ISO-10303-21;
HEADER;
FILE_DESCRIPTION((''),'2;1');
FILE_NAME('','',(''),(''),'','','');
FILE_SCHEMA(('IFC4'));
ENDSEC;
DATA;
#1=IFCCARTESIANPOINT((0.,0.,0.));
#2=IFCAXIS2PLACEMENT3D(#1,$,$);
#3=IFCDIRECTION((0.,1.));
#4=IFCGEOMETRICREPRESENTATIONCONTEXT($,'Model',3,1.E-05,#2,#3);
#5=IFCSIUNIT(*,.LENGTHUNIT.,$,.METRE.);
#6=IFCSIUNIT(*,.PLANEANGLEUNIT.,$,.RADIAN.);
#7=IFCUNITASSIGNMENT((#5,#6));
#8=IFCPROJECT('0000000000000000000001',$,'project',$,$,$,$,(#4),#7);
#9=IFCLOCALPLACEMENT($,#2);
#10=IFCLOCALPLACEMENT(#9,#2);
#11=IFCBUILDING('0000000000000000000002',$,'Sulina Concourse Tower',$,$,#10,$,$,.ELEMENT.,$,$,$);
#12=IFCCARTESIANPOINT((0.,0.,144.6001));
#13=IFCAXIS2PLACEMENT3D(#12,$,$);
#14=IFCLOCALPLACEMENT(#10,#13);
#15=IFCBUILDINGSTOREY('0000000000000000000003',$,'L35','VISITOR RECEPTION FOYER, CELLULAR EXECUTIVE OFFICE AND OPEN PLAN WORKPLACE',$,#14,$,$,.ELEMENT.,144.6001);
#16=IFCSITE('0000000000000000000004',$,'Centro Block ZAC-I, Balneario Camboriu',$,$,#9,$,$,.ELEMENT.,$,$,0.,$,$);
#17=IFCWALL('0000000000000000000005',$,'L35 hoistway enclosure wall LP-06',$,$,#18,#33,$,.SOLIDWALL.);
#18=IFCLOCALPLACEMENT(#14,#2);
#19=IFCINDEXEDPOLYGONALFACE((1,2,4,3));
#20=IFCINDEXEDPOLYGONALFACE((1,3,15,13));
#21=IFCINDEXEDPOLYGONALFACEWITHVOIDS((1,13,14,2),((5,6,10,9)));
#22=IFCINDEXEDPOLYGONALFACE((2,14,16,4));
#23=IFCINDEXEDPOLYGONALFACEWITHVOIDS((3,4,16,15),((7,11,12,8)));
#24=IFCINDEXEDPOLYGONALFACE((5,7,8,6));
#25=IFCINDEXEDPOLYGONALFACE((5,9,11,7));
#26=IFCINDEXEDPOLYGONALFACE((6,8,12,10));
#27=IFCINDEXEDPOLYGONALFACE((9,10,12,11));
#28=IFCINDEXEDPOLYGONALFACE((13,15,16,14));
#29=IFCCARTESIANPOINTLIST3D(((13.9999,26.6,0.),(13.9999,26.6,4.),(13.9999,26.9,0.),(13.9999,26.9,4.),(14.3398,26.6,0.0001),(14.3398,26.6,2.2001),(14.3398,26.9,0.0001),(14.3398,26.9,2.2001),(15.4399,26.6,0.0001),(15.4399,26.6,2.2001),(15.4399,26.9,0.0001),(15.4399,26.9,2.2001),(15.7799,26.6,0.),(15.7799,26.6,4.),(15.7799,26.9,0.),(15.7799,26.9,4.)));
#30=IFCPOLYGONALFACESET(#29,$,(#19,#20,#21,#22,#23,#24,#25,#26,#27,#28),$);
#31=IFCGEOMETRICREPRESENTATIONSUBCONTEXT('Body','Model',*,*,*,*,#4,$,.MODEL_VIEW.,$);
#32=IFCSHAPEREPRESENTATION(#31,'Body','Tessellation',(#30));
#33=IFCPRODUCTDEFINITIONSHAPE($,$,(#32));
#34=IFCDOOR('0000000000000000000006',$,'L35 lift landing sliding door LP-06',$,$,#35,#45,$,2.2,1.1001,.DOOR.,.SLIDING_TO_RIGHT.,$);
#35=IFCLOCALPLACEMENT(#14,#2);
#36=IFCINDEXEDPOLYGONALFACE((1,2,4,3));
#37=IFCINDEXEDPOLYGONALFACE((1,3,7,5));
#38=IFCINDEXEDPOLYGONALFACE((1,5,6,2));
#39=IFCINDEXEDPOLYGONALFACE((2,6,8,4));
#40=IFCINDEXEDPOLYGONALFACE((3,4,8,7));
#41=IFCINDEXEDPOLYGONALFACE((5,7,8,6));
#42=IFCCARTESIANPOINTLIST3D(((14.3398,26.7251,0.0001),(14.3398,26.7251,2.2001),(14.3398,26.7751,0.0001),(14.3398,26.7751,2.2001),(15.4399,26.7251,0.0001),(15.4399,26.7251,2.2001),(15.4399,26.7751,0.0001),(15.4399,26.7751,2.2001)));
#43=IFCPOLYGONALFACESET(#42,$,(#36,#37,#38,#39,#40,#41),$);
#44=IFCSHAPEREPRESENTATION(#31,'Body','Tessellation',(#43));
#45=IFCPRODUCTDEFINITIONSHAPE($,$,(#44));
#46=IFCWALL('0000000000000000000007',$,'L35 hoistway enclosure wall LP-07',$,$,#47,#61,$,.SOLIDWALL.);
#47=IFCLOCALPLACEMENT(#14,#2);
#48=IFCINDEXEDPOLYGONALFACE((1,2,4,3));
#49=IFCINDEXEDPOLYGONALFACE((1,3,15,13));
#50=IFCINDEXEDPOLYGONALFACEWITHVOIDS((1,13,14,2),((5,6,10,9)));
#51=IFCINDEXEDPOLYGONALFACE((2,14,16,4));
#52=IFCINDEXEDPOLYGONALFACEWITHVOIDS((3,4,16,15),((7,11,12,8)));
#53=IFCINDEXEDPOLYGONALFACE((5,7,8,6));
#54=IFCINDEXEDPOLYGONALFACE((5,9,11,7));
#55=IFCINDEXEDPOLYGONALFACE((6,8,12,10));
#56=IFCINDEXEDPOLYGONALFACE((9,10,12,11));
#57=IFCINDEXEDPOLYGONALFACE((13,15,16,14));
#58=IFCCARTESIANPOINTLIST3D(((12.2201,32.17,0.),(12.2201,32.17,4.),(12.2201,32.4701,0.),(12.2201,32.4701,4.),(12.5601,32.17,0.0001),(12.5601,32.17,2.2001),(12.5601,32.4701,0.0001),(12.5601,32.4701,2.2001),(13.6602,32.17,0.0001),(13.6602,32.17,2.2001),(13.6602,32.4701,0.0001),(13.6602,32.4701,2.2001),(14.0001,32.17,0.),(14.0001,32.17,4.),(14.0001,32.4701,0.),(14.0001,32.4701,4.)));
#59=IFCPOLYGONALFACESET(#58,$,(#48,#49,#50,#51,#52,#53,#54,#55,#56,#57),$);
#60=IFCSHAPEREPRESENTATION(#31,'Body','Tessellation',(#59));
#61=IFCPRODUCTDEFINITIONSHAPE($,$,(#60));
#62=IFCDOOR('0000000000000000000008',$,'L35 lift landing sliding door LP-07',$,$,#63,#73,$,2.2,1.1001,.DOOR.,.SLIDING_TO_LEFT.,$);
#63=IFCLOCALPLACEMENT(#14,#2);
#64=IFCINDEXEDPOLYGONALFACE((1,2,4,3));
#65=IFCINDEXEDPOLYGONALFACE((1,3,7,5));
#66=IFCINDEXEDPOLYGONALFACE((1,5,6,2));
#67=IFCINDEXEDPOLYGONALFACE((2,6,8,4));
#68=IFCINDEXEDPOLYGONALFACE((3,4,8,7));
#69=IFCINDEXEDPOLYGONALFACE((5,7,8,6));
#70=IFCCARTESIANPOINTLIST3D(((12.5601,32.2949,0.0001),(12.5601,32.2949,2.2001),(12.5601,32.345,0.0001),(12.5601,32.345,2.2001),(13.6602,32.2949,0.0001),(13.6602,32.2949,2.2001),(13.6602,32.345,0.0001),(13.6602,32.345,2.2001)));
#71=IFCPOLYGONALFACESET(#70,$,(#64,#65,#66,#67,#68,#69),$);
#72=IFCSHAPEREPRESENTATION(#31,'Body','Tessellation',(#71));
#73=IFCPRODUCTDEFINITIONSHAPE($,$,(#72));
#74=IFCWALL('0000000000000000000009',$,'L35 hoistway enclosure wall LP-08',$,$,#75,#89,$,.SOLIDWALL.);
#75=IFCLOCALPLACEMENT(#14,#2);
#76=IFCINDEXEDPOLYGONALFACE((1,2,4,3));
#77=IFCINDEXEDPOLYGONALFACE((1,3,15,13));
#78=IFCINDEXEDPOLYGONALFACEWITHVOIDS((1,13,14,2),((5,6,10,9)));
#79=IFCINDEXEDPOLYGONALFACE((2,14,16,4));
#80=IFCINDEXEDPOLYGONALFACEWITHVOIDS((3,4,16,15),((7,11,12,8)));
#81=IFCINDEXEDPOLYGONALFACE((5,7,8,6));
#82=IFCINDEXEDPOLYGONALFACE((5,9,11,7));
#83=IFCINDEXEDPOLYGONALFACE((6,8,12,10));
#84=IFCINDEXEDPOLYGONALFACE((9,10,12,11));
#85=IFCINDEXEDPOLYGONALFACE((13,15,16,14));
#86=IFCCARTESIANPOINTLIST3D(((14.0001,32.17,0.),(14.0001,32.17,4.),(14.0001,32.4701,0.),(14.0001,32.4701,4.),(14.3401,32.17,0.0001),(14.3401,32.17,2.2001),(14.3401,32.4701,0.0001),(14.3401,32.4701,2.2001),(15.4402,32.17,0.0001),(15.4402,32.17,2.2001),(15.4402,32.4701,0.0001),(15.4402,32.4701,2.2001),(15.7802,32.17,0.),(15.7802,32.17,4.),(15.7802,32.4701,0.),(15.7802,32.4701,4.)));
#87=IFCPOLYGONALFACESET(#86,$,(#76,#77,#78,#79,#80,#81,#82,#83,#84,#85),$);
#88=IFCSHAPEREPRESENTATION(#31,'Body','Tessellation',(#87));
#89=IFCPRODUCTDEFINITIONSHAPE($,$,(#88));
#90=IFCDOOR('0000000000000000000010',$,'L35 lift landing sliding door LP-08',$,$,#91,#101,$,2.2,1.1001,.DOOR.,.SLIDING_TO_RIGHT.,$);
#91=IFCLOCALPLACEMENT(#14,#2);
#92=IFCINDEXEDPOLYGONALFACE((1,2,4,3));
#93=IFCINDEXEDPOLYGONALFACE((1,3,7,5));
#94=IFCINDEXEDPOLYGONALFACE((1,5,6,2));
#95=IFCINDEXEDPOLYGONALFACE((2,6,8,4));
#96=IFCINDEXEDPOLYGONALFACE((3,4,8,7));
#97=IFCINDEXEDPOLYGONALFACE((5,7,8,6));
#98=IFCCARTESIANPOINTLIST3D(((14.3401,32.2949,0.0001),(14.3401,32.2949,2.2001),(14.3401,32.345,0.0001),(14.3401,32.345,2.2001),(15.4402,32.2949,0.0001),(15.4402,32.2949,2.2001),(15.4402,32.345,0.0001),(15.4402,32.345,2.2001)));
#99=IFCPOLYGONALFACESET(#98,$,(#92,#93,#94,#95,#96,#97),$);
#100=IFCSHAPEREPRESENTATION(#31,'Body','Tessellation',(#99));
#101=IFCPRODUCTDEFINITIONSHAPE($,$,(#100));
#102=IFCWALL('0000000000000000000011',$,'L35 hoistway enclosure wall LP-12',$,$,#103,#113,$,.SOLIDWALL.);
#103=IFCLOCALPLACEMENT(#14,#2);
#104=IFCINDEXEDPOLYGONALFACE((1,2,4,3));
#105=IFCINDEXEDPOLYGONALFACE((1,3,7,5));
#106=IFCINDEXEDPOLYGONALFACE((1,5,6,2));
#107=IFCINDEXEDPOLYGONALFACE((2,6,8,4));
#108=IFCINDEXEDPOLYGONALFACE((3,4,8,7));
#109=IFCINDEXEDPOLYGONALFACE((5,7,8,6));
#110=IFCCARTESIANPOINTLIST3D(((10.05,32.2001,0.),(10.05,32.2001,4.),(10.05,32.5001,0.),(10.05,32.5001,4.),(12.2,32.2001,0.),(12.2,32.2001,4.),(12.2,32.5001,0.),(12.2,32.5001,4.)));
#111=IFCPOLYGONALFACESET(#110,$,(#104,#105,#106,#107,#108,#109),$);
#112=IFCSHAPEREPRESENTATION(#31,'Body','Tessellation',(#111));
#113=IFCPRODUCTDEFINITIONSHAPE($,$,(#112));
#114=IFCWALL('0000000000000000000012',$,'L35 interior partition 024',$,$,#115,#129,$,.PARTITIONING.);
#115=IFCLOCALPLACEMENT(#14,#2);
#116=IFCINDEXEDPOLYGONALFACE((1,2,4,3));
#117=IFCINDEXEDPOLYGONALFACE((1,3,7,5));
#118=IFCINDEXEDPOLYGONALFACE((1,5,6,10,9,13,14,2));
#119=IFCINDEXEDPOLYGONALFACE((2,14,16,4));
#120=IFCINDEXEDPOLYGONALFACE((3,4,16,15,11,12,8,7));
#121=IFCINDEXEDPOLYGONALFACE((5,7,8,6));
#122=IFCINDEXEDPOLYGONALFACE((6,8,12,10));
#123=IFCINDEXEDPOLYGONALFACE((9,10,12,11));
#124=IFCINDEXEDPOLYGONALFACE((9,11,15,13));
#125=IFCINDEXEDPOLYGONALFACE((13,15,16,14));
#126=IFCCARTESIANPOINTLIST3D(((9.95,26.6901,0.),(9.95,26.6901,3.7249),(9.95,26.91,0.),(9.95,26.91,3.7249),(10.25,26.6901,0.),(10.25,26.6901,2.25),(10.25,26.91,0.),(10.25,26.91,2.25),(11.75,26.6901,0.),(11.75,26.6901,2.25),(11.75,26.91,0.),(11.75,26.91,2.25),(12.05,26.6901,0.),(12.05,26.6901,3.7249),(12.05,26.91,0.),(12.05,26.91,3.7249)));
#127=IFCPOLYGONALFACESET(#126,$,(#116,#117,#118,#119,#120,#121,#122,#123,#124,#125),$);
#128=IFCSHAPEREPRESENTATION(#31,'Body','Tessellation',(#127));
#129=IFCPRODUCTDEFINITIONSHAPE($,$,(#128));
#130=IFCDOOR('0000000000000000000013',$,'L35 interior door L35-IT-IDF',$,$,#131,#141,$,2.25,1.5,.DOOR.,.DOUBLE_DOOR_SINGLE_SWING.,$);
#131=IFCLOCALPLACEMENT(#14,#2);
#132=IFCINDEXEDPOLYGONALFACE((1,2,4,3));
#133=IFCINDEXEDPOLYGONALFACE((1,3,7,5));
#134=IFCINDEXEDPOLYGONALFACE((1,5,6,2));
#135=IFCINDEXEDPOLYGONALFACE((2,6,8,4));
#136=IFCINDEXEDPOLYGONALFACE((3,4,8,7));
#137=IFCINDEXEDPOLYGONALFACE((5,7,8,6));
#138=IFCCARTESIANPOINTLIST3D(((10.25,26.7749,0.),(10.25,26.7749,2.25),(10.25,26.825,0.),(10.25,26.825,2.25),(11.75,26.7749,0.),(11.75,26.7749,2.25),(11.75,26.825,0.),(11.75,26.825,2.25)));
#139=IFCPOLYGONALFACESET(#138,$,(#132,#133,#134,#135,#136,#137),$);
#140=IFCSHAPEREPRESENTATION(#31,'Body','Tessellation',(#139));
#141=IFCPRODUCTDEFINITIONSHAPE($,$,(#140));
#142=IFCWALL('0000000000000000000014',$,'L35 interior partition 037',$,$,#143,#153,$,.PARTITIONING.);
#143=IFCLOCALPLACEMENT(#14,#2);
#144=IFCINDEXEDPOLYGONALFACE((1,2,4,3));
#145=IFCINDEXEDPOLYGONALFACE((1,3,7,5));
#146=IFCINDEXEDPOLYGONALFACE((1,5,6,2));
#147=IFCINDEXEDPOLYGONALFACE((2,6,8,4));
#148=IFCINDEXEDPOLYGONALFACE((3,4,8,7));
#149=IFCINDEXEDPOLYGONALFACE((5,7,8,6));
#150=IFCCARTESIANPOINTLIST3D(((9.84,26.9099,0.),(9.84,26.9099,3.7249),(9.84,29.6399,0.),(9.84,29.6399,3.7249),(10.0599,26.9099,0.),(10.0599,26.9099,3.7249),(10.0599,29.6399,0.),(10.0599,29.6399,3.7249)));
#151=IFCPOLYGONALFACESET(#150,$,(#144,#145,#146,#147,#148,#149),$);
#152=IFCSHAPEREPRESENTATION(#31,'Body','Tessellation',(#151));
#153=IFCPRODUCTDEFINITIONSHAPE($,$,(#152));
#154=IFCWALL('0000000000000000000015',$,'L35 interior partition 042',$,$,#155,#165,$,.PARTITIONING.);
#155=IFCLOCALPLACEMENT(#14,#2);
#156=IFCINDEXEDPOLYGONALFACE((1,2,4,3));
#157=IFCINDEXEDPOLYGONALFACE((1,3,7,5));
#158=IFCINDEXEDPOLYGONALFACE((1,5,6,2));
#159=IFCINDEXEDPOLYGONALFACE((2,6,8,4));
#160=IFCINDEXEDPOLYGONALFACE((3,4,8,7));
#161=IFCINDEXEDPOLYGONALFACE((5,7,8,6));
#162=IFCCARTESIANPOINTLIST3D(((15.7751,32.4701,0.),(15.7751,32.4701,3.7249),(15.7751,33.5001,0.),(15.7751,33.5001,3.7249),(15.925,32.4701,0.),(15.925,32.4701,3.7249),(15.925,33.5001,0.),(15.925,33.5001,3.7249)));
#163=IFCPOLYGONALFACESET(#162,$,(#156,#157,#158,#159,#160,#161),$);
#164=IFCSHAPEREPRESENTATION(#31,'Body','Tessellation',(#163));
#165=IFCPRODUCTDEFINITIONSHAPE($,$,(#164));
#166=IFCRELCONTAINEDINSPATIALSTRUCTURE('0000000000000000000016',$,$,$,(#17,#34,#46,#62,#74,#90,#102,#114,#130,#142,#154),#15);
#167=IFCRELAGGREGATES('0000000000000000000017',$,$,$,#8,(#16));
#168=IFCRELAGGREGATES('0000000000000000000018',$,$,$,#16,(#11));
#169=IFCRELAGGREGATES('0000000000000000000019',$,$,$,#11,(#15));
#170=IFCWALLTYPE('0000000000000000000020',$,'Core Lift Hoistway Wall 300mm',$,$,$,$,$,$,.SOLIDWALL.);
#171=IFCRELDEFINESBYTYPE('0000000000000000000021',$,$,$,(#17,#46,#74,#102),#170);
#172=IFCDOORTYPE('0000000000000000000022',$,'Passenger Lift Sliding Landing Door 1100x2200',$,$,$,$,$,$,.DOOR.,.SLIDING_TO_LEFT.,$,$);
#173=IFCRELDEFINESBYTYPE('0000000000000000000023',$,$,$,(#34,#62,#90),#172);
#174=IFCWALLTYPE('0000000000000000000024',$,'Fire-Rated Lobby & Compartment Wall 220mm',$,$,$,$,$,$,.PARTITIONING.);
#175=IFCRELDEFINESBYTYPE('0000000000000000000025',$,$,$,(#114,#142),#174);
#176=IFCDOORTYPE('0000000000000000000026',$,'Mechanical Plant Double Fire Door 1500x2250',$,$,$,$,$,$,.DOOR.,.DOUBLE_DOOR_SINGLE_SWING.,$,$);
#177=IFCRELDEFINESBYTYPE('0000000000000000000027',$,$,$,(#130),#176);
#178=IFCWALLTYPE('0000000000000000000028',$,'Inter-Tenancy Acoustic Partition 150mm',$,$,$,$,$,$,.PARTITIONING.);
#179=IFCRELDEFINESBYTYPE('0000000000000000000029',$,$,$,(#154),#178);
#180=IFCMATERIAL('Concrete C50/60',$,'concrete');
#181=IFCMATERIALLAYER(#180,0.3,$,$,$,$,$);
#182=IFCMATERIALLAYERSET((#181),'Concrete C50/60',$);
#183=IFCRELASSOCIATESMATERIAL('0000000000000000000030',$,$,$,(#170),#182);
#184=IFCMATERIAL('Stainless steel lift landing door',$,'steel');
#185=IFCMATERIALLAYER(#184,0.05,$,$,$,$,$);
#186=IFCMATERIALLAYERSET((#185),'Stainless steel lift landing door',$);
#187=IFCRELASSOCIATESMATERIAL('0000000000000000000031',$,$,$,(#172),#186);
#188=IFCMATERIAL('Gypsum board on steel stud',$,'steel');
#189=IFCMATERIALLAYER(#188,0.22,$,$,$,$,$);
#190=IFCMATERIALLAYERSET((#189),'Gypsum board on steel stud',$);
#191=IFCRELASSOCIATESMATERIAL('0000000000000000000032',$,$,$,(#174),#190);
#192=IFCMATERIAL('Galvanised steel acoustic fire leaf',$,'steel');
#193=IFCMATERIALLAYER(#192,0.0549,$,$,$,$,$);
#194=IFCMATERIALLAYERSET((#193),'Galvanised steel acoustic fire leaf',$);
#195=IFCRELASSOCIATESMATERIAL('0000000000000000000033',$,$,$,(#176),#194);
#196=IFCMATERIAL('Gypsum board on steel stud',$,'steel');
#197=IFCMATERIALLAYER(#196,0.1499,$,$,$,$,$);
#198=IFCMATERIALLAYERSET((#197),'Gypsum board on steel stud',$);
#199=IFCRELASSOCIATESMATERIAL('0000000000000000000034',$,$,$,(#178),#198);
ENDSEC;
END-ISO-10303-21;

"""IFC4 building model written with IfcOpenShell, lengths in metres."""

from ifc_helpers import new_model, si_unit, direction, frame, frame_2d, origin, place, context, subcontext, project, spatial, rectangle, extrude, material, layer, layer_set, type_object, element, fill, save


model = new_model("IFC4")

# Units and contexts
model_context = context("Model", 3, precision=1e-05, world=origin(), true_north=direction((0.0, 1.0)))
body_context = subcontext(model_context, "Body", "Model", "MODEL_VIEW")
ifc_project = project(units=[si_unit("LENGTHUNIT", "METRE"), si_unit("PLANEANGLEUNIT", "RADIAN")], contexts=[model_context])

# Site, building, storey
site_placement = place(None, origin())
site = spatial("IfcSite", under=ifc_project, at=site_placement, Name="Centro Block ZAC-I, Balneario Camboriu", CompositionType="ELEMENT", RefElevation=0.0)
building_placement = place(site_placement, origin())
building = spatial("IfcBuilding", under=site, at=building_placement, Name="Sulina Concourse Tower", CompositionType="ELEMENT")
storey_placement = place(building_placement, frame((0.0, 0.0, 144.6001)))
storey = spatial("IfcBuildingStorey", under=building, at=storey_placement, Name="L35", Description="VISITOR RECEPTION FOYER, CELLULAR EXECUTIVE OFFICE AND OPEN PLAN WORKPLACE", CompositionType="ELEMENT", Elevation=144.6001)

# Walls, openings, doors
ifc_material_1 = material(Name="Concrete C50/60", Category="concrete")
ifc_layer_1 = layer(ifc_material_1, 0.3)
ifc_layer_set_1 = layer_set([ifc_layer_1], Name="Concrete C50/60")
wall_type_1 = type_object("IfcWallType", Name="Core Lift Hoistway Wall 300mm", PredefinedType="SOLIDWALL", material=ifc_layer_set_1)
ifc_material_2 = material(Name="Stainless steel lift landing door", Category="steel")
ifc_layer_2 = layer(ifc_material_2, 0.05)
ifc_layer_set_2 = layer_set([ifc_layer_2], Name="Stainless steel lift landing door")
door_type_1 = type_object("IfcDoorType", Name="Passenger Lift Sliding Landing Door 1100x2200", OperationType="SLIDING_TO_LEFT", PredefinedType="DOOR", material=ifc_layer_set_2)
wall_1_placement = place(storey_placement, frame((15.78, 26.75, 0.0), z_axis=(0.0, 0.0, 1.0), x_axis=(-1.0, 0.0, 0.0)))
wall_1 = element("IfcWall", 1, at=wall_1_placement, inside=storey, type_object=wall_type_1, Name="L35 hoistway enclosure wall LP-06", PredefinedType="SOLIDWALL", context=body_context, shape_type="SweptSolid", body=[
    extrude(rectangle(XDim=1.78, YDim=0.3, at=frame_2d((0.8901, 0.0))), origin(), (0.0, 0.0, 1.0), 4.0),
])
opening_1_placement = place(wall_1_placement, frame((0.3401, 0.0, 0.0)))
opening_1 = element("IfcOpeningElement", 2, at=opening_1_placement, cuts=wall_1, PredefinedType="OPENING", context=body_context, shape_type="SweptSolid", body=[
    extrude(rectangle(XDim=1.1001, YDim=2.2, at=frame_2d((0.55, 1.1001))), frame((0.0, 0.1599, 0.0), z_axis=(0.0, -1.0, 0.0), x_axis=(1.0, 0.0, 0.0)), (0.0, 0.0, 1.0), 0.3201),
])
door_1_placement = place(opening_1_placement, origin())
door_1 = element("IfcDoor", 3, at=door_1_placement, inside=storey, type_object=door_type_1, Name="L35 lift landing sliding door LP-06", OperationType="SLIDING_TO_RIGHT", OverallHeight=2.2, OverallWidth=1.1001, PredefinedType="DOOR", context=body_context, shape_type="SweptSolid", body=[
    extrude(rectangle(XDim=1.1001, YDim=2.2, at=frame_2d((0.55, 1.1001))), frame((0.0, 0.0249, 0.0), z_axis=(0.0, -1.0, 0.0), x_axis=(1.0, 0.0, 0.0)), (0.0, 0.0, 1.0), 0.05),
])
fill(opening_1, door_1)
wall_2_placement = place(storey_placement, frame((12.22, 32.3201, 0.0), z_axis=(0.0, 0.0, 1.0), x_axis=(1.0, 0.0, 0.0)))
wall_2 = element("IfcWall", 4, at=wall_2_placement, inside=storey, type_object=wall_type_1, Name="L35 hoistway enclosure wall LP-07", PredefinedType="SOLIDWALL", context=body_context, shape_type="SweptSolid", body=[
    extrude(rectangle(XDim=1.78, YDim=0.3, at=frame_2d((0.8901, 0.0))), origin(), (0.0, 0.0, 1.0), 4.0),
])
opening_2_placement = place(wall_2_placement, frame((0.3401, 0.0, 0.0)))
opening_2 = element("IfcOpeningElement", 5, at=opening_2_placement, cuts=wall_2, PredefinedType="OPENING", context=body_context, shape_type="SweptSolid", body=[
    extrude(rectangle(XDim=1.1001, YDim=2.2, at=frame_2d((0.55, 1.1001))), frame((0.0, 0.1599, 0.0), z_axis=(0.0, -1.0, 0.0), x_axis=(1.0, 0.0, 0.0)), (0.0, 0.0, 1.0), 0.3201),
])
door_2_placement = place(opening_2_placement, origin())
door_2 = element("IfcDoor", 6, at=door_2_placement, inside=storey, type_object=door_type_1, Name="L35 lift landing sliding door LP-07", OperationType="SLIDING_TO_LEFT", OverallHeight=2.2, OverallWidth=1.1001, PredefinedType="DOOR", context=body_context, shape_type="SweptSolid", body=[
    extrude(rectangle(XDim=1.1001, YDim=2.2, at=frame_2d((0.55, 1.1001))), frame((0.0, 0.0249, 0.0), z_axis=(0.0, -1.0, 0.0), x_axis=(1.0, 0.0, 0.0)), (0.0, 0.0, 1.0), 0.05),
])
fill(opening_2, door_2)
wall_3_placement = place(storey_placement, frame((14.0, 32.3201, 0.0), z_axis=(0.0, 0.0, 1.0), x_axis=(1.0, 0.0, 0.0)))
wall_3 = element("IfcWall", 7, at=wall_3_placement, inside=storey, type_object=wall_type_1, Name="L35 hoistway enclosure wall LP-08", PredefinedType="SOLIDWALL", context=body_context, shape_type="SweptSolid", body=[
    extrude(rectangle(XDim=1.78, YDim=0.3, at=frame_2d((0.8901, 0.0))), origin(), (0.0, 0.0, 1.0), 4.0),
])
opening_3_placement = place(wall_3_placement, frame((0.3401, 0.0, 0.0)))
opening_3 = element("IfcOpeningElement", 8, at=opening_3_placement, cuts=wall_3, PredefinedType="OPENING", context=body_context, shape_type="SweptSolid", body=[
    extrude(rectangle(XDim=1.1001, YDim=2.2, at=frame_2d((0.55, 1.1001))), frame((0.0, 0.1599, 0.0), z_axis=(0.0, -1.0, 0.0), x_axis=(1.0, 0.0, 0.0)), (0.0, 0.0, 1.0), 0.3201),
])
door_3_placement = place(opening_3_placement, origin())
door_3 = element("IfcDoor", 9, at=door_3_placement, inside=storey, type_object=door_type_1, Name="L35 lift landing sliding door LP-08", OperationType="SLIDING_TO_RIGHT", OverallHeight=2.2, OverallWidth=1.1001, PredefinedType="DOOR", context=body_context, shape_type="SweptSolid", body=[
    extrude(rectangle(XDim=1.1001, YDim=2.2, at=frame_2d((0.55, 1.1001))), frame((0.0, 0.0249, 0.0), z_axis=(0.0, -1.0, 0.0), x_axis=(1.0, 0.0, 0.0)), (0.0, 0.0, 1.0), 0.05),
])
fill(opening_3, door_3)

# Wall
wall_4_placement = place(storey_placement, frame((10.05, 32.3501, 0.0), z_axis=(0.0, 0.0, 1.0), x_axis=(1.0, 0.0, 0.0)))
element("IfcWall", 10, at=wall_4_placement, inside=storey, type_object=wall_type_1, Name="L35 hoistway enclosure wall LP-12", PredefinedType="SOLIDWALL", context=body_context, shape_type="SweptSolid", body=[
    extrude(rectangle(XDim=2.1499, YDim=0.3, at=frame_2d((1.075, 0.0))), origin(), (0.0, 0.0, 1.0), 4.0),
])

# Wall, opening, door
ifc_material_3 = material(Name="Gypsum board on steel stud", Category="steel")
ifc_layer_3 = layer(ifc_material_3, 0.22)
ifc_layer_set_3 = layer_set([ifc_layer_3], Name="Gypsum board on steel stud")
wall_type_2 = type_object("IfcWallType", Name="Fire-Rated Lobby & Compartment Wall 220mm", PredefinedType="PARTITIONING", material=ifc_layer_set_3)
wall_5_placement = place(storey_placement, frame((9.95, 26.8, 0.0), z_axis=(0.0, 0.0, 1.0), x_axis=(1.0, 0.0, 0.0)))
wall_5 = element("IfcWall", 11, at=wall_5_placement, inside=storey, type_object=wall_type_2, Name="L35 interior partition 024", PredefinedType="PARTITIONING", context=body_context, shape_type="SweptSolid", body=[
    extrude(rectangle(XDim=2.1001, YDim=0.22, at=frame_2d((1.05, 0.0))), origin(), (0.0, 0.0, 1.0), 3.7249),
])
opening_4_placement = place(wall_5_placement, frame((0.3, 0.0, 0.0)))
opening_4 = element("IfcOpeningElement", 12, at=opening_4_placement, cuts=wall_5, PredefinedType="OPENING", context=body_context, shape_type="SweptSolid", body=[
    extrude(rectangle(XDim=1.5, YDim=2.25, at=frame_2d((0.75, 1.125))), frame((0.0, 0.1199, 0.0), z_axis=(0.0, -1.0, 0.0), x_axis=(1.0, 0.0, 0.0)), (0.0, 0.0, 1.0), 0.24),
])
ifc_material_4 = material(Name="Galvanised steel acoustic fire leaf", Category="steel")
ifc_layer_4 = layer(ifc_material_4, 0.0549)
ifc_layer_set_4 = layer_set([ifc_layer_4], Name="Galvanised steel acoustic fire leaf")
door_type_2 = type_object("IfcDoorType", Name="Mechanical Plant Double Fire Door 1500x2250", OperationType="DOUBLE_DOOR_SINGLE_SWING", PredefinedType="DOOR", material=ifc_layer_set_4)
door_4_placement = place(opening_4_placement, origin())
door_4 = element("IfcDoor", 13, at=door_4_placement, inside=storey, type_object=door_type_2, Name="L35 interior door L35-IT-IDF", OperationType="DOUBLE_DOOR_SINGLE_SWING", OverallHeight=2.25, OverallWidth=1.5, PredefinedType="DOOR", context=body_context, shape_type="SweptSolid", body=[
    extrude(rectangle(XDim=1.5, YDim=2.25, at=frame_2d((0.75, 1.125))), frame((0.0, 0.0249, 0.0), z_axis=(0.0, -1.0, 0.0), x_axis=(1.0, 0.0, 0.0)), (0.0, 0.0, 1.0), 0.05),
])
fill(opening_4, door_4)

# Walls
wall_6_placement = place(storey_placement, frame((9.95, 26.9099, 0.0), z_axis=(0.0, 0.0, 1.0), x_axis=(0.0, 1.0, 0.0)))
element("IfcWall", 14, at=wall_6_placement, inside=storey, type_object=wall_type_2, Name="L35 interior partition 037", PredefinedType="PARTITIONING", context=body_context, shape_type="SweptSolid", body=[
    extrude(rectangle(XDim=2.73, YDim=0.22, at=frame_2d((1.365, 0.0))), origin(), (0.0, 0.0, 1.0), 3.7249),
])
ifc_material_5 = material(Name="Gypsum board on steel stud", Category="steel")
ifc_layer_5 = layer(ifc_material_5, 0.1499)
ifc_layer_set_5 = layer_set([ifc_layer_5], Name="Gypsum board on steel stud")
wall_type_3 = type_object("IfcWallType", Name="Inter-Tenancy Acoustic Partition 150mm", PredefinedType="PARTITIONING", material=ifc_layer_set_5)
wall_7_placement = place(storey_placement, frame((15.8501, 32.47, 0.0), z_axis=(0.0, 0.0, 1.0), x_axis=(0.0, 1.0, 0.0)))
element("IfcWall", 15, at=wall_7_placement, inside=storey, type_object=wall_type_3, Name="L35 interior partition 042", PredefinedType="PARTITIONING", context=body_context, shape_type="SweptSolid", body=[
    extrude(rectangle(XDim=1.03, YDim=0.1499, at=frame_2d((0.5151, 0.0))), origin(), (0.0, 0.0, 1.0), 3.7249),
])

save(model, "model.ifc")
